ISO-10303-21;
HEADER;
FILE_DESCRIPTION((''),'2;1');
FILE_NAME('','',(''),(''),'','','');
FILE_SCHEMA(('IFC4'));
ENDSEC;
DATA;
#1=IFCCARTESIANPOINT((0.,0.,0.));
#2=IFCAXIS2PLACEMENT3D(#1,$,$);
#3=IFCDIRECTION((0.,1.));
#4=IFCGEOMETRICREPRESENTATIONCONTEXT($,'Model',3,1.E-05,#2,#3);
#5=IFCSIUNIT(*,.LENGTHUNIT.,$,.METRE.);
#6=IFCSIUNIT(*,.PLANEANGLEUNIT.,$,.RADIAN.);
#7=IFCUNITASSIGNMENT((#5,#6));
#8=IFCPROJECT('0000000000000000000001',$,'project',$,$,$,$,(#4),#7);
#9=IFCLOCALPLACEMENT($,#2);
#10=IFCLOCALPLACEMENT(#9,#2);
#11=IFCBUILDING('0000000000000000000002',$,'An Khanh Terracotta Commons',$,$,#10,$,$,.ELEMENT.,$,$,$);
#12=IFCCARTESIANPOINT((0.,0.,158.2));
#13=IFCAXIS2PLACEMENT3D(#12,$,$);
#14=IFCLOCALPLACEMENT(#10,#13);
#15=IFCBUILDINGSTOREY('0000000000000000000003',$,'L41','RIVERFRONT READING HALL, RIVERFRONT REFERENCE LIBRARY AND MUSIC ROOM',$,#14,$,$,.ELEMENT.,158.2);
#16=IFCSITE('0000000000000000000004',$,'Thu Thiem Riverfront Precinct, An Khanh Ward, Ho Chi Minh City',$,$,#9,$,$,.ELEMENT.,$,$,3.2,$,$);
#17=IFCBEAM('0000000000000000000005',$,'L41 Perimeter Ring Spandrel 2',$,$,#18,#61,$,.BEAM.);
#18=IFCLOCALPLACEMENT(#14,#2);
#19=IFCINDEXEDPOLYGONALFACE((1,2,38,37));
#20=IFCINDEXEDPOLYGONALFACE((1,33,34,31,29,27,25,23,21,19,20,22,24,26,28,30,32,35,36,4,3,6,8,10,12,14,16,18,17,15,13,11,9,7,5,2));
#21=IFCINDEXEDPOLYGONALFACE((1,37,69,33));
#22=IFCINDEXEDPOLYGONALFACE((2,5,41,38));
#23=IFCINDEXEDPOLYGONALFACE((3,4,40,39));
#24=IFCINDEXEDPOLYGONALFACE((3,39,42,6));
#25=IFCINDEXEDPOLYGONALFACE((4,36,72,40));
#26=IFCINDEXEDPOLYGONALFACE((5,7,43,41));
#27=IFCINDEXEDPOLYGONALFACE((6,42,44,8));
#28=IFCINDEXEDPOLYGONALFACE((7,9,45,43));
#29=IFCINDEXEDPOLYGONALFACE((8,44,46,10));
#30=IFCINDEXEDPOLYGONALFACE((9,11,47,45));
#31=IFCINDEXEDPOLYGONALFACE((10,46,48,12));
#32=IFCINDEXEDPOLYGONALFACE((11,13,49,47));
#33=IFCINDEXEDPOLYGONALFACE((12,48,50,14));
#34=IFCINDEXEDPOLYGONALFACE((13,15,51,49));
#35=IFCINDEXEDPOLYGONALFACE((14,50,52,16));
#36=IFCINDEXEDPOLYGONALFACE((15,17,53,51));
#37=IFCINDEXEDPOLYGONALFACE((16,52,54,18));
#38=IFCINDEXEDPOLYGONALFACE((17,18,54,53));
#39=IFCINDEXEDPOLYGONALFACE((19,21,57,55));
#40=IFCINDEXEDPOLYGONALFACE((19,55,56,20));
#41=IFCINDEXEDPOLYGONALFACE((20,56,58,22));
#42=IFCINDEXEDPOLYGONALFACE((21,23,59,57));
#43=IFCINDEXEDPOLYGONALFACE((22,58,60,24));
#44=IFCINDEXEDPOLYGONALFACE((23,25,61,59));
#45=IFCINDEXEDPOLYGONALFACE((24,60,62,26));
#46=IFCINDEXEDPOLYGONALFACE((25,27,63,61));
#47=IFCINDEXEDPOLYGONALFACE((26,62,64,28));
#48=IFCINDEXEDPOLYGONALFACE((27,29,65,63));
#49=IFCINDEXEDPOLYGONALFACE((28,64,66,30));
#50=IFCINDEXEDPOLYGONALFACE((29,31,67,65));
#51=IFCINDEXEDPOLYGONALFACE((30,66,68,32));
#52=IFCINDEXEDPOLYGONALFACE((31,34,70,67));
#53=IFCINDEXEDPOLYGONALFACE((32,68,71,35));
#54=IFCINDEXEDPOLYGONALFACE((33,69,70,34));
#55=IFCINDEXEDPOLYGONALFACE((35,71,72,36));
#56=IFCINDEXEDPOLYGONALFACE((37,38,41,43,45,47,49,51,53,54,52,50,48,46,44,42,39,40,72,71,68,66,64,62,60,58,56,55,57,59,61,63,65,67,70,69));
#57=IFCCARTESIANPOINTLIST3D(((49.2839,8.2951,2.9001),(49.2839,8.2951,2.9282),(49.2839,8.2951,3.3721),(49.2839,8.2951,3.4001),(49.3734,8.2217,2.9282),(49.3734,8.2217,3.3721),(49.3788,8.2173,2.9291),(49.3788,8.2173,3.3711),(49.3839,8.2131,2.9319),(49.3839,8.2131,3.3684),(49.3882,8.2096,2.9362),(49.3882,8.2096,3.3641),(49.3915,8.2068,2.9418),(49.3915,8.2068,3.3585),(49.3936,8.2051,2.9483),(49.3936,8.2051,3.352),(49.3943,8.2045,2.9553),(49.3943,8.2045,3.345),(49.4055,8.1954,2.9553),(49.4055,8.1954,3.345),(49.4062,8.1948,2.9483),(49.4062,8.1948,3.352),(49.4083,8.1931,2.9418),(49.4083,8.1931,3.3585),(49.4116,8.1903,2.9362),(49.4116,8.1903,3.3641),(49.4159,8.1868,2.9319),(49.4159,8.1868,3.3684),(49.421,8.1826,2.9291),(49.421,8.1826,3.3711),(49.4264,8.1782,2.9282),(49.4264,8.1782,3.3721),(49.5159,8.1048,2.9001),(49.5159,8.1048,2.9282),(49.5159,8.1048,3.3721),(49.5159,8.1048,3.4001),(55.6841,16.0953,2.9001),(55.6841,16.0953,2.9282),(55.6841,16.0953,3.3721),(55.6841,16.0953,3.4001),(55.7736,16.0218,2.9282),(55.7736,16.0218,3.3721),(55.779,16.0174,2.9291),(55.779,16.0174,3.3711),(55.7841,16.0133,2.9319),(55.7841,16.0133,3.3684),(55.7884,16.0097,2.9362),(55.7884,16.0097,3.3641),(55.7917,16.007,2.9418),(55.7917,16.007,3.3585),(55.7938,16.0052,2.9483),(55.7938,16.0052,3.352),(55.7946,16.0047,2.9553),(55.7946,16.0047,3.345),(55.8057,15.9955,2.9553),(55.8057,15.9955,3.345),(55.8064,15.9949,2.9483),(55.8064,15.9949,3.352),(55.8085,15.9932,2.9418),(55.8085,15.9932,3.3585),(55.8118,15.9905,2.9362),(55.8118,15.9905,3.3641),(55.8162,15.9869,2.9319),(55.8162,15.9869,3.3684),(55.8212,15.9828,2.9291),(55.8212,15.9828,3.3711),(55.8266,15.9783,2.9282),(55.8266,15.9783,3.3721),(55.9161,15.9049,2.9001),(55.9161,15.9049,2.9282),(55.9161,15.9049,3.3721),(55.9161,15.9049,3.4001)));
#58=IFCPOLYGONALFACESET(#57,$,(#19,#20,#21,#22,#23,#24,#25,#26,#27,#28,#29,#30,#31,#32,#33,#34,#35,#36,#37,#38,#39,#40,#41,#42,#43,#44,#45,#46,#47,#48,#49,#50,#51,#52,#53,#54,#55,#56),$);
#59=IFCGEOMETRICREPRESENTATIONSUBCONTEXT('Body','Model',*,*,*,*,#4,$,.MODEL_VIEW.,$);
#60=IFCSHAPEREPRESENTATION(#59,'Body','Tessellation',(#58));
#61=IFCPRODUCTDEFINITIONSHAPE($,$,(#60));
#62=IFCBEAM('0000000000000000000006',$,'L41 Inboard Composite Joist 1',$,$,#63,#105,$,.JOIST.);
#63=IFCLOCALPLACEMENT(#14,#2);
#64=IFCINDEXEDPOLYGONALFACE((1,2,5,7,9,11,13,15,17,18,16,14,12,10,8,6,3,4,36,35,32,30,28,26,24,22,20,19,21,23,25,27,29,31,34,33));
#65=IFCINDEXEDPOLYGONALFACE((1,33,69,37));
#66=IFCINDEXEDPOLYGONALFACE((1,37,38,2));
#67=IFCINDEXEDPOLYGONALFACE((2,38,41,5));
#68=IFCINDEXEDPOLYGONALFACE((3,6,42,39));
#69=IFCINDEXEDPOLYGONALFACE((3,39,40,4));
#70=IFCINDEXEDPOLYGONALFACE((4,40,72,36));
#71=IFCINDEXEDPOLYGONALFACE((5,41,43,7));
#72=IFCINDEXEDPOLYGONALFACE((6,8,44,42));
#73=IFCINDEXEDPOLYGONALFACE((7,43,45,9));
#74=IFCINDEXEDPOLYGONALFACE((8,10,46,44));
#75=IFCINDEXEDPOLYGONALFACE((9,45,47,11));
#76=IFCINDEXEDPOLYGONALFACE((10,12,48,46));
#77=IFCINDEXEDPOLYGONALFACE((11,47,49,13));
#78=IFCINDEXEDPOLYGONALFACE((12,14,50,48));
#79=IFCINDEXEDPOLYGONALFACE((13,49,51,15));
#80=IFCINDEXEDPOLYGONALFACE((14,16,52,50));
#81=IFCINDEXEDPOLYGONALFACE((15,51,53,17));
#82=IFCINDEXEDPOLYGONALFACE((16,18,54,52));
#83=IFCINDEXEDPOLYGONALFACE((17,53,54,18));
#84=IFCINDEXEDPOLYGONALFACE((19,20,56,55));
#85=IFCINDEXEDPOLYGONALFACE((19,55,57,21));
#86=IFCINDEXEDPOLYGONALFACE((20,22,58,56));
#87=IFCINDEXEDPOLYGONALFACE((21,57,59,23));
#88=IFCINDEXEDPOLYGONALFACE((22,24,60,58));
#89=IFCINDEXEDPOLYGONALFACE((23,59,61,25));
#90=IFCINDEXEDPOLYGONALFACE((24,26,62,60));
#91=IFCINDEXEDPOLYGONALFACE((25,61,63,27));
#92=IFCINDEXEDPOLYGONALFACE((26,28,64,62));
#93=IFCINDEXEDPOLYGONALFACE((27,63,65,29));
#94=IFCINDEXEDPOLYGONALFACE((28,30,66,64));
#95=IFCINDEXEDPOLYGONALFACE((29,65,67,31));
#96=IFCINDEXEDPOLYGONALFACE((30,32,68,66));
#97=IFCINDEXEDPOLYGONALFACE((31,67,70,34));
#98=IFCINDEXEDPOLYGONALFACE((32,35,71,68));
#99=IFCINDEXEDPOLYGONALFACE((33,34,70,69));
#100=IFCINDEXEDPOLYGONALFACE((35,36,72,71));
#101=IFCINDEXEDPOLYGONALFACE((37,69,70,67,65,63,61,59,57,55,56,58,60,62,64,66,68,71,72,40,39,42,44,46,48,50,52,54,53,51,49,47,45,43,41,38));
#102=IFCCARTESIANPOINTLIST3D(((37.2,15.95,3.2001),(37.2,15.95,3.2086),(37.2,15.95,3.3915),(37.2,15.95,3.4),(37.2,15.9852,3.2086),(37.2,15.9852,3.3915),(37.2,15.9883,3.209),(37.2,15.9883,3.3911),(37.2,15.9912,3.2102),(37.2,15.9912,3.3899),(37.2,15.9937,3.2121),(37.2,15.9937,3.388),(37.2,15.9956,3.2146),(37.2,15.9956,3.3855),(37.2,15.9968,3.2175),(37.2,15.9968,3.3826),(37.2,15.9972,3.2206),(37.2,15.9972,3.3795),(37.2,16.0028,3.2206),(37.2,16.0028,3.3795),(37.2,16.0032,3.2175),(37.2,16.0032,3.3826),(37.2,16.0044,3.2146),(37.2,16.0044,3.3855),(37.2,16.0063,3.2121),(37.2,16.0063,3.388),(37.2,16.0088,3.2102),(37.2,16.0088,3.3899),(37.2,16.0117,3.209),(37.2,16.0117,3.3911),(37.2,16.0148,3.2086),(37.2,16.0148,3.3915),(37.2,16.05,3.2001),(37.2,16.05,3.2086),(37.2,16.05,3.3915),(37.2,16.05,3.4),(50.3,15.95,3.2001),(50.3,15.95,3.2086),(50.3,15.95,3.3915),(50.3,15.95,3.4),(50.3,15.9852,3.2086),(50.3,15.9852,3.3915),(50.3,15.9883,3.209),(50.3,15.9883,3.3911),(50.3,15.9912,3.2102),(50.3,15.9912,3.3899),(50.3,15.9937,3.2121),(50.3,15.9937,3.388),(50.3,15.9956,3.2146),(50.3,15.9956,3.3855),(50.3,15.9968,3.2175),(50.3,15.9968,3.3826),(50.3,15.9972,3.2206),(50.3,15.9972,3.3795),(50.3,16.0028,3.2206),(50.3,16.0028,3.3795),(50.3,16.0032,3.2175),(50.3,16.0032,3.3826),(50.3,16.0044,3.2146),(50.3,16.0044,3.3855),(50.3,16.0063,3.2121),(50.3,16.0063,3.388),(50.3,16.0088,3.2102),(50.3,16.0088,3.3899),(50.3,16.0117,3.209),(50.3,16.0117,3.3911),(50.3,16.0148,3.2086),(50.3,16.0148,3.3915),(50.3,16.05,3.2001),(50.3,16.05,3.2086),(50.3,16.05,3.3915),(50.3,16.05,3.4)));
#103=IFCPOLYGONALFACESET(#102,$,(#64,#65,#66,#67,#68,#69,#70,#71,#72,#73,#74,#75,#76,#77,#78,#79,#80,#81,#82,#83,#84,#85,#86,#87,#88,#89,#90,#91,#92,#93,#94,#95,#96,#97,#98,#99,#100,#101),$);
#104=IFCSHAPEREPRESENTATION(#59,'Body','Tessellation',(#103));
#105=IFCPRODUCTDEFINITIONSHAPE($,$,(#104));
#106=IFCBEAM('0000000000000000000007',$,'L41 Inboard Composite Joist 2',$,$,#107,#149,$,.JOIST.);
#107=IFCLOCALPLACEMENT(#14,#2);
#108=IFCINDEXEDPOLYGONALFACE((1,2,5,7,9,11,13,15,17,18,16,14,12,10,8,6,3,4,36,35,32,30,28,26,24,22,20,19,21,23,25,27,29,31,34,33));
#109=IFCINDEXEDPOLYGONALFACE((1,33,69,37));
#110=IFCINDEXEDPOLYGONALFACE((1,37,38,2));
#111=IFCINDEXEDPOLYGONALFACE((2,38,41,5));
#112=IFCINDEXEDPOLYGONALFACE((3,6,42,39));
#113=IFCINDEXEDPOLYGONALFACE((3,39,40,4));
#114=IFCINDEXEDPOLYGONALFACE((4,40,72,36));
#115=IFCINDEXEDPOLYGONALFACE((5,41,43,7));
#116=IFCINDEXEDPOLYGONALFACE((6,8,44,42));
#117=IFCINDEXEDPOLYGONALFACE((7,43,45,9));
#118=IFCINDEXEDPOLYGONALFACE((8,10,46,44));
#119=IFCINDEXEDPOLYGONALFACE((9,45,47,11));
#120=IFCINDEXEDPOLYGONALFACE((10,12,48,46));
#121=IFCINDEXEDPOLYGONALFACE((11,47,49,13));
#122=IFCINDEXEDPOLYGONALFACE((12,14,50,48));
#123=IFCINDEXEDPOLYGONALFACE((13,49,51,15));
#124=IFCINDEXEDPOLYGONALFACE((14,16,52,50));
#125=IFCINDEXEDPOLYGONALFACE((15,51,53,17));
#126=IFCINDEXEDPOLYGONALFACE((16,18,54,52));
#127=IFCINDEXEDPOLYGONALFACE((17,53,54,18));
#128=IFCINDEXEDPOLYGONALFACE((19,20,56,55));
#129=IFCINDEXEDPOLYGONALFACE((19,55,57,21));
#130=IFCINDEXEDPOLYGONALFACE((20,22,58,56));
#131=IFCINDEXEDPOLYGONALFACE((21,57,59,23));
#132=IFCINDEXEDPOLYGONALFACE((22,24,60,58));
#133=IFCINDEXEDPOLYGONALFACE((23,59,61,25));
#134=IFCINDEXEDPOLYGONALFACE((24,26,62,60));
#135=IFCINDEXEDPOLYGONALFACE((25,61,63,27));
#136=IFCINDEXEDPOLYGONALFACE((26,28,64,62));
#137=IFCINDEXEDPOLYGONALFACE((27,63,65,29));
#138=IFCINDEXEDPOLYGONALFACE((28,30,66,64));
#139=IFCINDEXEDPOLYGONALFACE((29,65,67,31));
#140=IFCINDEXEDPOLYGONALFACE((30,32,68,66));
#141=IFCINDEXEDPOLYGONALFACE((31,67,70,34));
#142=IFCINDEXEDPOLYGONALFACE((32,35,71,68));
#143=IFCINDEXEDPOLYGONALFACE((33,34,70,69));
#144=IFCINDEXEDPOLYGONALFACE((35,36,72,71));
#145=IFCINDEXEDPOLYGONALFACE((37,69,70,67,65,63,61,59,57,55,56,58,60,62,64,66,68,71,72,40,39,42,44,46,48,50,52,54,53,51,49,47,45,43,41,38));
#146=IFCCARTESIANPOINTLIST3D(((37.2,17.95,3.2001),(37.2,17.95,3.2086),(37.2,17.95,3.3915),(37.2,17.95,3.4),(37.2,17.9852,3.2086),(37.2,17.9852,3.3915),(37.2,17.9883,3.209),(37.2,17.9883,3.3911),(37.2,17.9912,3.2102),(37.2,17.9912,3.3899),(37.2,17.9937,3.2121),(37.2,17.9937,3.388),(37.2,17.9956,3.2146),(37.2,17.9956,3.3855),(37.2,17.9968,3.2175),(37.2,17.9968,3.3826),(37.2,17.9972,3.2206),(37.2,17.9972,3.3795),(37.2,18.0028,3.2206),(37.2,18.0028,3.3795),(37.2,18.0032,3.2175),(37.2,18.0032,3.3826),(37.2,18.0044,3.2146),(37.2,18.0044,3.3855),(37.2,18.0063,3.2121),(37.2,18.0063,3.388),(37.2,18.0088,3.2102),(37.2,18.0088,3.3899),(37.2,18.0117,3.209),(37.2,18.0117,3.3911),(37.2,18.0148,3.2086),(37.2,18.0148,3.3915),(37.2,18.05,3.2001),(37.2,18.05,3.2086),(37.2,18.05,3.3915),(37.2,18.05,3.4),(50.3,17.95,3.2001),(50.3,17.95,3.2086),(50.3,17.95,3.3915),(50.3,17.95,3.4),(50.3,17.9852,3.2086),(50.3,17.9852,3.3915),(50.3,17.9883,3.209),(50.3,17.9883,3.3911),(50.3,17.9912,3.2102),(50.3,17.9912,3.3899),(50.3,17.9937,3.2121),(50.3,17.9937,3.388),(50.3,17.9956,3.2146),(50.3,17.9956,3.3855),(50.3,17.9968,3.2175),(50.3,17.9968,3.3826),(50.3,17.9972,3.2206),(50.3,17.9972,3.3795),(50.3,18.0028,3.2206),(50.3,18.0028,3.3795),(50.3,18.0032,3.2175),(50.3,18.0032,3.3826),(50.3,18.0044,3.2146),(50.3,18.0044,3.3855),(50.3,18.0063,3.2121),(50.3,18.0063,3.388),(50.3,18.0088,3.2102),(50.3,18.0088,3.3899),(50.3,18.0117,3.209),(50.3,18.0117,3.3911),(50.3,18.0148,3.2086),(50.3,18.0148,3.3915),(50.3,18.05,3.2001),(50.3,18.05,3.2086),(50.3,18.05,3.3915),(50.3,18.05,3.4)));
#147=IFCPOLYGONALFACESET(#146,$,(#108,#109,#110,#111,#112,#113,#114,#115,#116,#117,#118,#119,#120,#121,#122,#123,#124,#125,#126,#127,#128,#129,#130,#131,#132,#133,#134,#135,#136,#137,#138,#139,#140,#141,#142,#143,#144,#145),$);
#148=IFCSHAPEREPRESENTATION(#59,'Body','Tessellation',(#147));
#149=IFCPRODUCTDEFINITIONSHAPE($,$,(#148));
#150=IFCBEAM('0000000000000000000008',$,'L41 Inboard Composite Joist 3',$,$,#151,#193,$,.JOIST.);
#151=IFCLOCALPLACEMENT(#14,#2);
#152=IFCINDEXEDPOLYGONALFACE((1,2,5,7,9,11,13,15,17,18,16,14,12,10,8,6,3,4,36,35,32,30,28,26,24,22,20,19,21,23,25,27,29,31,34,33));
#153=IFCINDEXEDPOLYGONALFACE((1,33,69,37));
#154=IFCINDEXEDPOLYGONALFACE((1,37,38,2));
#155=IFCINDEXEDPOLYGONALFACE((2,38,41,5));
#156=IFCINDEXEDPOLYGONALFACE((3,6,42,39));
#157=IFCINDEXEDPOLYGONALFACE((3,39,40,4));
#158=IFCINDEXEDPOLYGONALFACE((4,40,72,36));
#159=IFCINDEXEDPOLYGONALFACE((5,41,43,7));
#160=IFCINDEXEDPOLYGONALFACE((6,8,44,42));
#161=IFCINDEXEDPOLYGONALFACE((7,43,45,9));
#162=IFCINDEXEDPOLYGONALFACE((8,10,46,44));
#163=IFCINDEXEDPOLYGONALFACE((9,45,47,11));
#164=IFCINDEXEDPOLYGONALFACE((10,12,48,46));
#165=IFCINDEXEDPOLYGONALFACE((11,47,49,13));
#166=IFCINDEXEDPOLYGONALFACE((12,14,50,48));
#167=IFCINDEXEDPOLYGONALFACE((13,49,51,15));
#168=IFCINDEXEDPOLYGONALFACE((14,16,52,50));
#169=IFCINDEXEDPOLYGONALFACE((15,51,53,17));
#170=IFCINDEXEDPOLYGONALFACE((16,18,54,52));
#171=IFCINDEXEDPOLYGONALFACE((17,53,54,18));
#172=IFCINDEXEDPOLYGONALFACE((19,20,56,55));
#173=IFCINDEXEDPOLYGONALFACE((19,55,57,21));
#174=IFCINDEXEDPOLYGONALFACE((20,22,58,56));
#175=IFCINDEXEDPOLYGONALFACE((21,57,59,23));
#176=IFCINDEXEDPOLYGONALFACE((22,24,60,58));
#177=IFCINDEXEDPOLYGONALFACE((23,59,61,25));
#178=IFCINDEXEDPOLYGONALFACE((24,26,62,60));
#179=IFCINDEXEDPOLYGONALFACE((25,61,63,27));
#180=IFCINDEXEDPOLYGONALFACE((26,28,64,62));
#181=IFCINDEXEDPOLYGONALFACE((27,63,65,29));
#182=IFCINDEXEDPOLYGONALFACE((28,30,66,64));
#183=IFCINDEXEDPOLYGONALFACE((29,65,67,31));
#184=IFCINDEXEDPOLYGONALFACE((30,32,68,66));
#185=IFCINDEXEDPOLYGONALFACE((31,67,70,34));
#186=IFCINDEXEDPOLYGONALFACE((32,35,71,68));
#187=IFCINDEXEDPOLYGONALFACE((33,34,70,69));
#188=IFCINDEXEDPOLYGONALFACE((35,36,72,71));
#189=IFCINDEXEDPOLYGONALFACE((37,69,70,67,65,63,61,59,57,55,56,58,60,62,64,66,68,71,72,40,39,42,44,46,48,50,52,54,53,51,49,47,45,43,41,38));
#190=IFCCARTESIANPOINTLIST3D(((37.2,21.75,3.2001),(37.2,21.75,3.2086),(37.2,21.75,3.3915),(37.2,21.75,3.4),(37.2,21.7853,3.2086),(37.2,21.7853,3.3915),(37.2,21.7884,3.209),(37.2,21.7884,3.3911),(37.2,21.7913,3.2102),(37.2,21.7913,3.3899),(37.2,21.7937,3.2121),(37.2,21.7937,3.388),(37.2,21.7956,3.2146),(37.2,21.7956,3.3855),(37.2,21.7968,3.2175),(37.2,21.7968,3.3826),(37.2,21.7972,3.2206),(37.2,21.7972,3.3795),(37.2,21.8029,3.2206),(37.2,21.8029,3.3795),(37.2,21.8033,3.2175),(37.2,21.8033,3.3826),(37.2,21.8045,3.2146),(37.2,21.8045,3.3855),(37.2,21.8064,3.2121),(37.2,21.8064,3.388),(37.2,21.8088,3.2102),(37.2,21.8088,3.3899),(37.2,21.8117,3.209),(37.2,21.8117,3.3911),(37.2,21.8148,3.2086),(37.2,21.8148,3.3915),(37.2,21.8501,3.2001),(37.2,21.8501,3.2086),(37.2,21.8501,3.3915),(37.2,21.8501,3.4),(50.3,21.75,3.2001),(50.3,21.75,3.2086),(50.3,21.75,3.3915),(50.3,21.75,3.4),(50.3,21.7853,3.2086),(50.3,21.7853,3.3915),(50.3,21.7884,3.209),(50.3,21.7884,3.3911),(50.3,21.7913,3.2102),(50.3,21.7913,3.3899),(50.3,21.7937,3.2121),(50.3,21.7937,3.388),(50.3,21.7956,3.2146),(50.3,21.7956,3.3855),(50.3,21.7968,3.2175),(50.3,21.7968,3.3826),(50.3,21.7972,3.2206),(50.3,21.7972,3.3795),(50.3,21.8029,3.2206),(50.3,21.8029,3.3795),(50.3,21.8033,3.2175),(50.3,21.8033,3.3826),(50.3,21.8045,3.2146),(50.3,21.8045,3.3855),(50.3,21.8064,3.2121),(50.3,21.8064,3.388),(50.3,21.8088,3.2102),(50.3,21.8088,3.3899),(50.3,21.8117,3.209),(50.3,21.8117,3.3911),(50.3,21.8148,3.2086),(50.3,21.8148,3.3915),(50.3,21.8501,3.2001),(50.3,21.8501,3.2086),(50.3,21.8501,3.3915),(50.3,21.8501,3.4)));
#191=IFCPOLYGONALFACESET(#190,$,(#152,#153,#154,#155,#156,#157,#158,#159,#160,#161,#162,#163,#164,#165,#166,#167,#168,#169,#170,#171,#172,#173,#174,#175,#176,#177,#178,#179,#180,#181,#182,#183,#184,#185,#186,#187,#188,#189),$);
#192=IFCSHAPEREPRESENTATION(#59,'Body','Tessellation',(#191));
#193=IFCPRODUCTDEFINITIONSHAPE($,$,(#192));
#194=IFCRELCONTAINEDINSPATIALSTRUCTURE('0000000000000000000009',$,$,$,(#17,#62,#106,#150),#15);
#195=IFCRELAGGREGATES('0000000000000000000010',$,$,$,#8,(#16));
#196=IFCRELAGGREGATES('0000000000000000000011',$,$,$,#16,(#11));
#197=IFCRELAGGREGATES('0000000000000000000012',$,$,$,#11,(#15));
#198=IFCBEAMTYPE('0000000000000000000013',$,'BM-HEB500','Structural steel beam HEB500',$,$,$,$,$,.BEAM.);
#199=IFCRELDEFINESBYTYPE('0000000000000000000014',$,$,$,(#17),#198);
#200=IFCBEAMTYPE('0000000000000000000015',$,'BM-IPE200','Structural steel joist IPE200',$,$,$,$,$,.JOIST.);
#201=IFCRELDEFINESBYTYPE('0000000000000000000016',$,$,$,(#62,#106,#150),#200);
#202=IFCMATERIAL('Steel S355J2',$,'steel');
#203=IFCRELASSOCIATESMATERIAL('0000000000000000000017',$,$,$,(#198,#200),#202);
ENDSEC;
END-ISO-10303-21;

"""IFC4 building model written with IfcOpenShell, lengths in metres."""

from ifc_helpers import new_model, si_unit, direction, frame, origin, origin_2d, place, context, subcontext, project, spatial, i_section, extrude, material, material_profile, profile_set, type_object, element, save


model = new_model("IFC4")

# Units and contexts
model_context = context("Model", 3, precision=1e-05, world=origin(), true_north=direction((0.0, 1.0)))
body_context = subcontext(model_context, "Body", "Model", "MODEL_VIEW")
ifc_project = project(units=[si_unit("LENGTHUNIT", "METRE"), si_unit("PLANEANGLEUNIT", "RADIAN")], contexts=[model_context])

# Site, building, storey
site_placement = place(None, origin())
site = spatial("IfcSite", under=ifc_project, at=site_placement, Name="Thu Thiem Riverfront Precinct, An Khanh Ward, Ho Chi Minh City", CompositionType="ELEMENT", RefElevation=3.2)
building_placement = place(site_placement, origin())
building = spatial("IfcBuilding", under=site, at=building_placement, Name="An Khanh Terracotta Commons", CompositionType="ELEMENT")
storey_placement = place(building_placement, frame((0.0, 0.0, 158.2)))
storey = spatial("IfcBuildingStorey", under=building, at=storey_placement, Name="L41", Description="RIVERFRONT READING HALL, RIVERFRONT REFERENCE LIBRARY AND MUSIC ROOM", CompositionType="ELEMENT", Elevation=158.2)

# Beams
ifc_material_1 = material(Name="Steel S355J2", Category="steel")
ifc_material_profile_1 = material_profile(ifc_material_1, i_section(OverallWidth=0.3, OverallDepth=0.5, WebThickness=0.0144, FlangeThickness=0.0281, FilletRadius=0.0271, at=origin_2d()), Name="HEB500")
ifc_profile_set_1 = profile_set([ifc_material_profile_1], Name="Steel S355J2")
beam_type_1 = type_object("IfcBeamType", Name="BM-HEB500", Description="Structural steel beam HEB500", PredefinedType="BEAM", material=ifc_profile_set_1)
beam_1_placement = place(storey_placement, frame((49.3999, 8.2, 3.1501), z_axis=(0.634323, 0.773068, 0.0), x_axis=(-0.773068, 0.634323, 0.0)))
element("IfcBeam", 1, at=beam_1_placement, inside=storey, type_object=beam_type_1, Name="L41 Perimeter Ring Spandrel 2", PredefinedType="BEAM", context=body_context, shape_type="SweptSolid", body=[
    extrude(i_section(OverallWidth=0.3, OverallDepth=0.5, WebThickness=0.0144, FlangeThickness=0.0281, FilletRadius=0.0271, at=origin_2d()), origin(), (0.0, 0.0, 1.0), 10.0898),
])
ifc_material_profile_2 = material_profile(ifc_material_1, i_section(OverallWidth=0.1001, OverallDepth=0.2, WebThickness=0.0056, FlangeThickness=0.0085, FilletRadius=0.012, at=origin_2d()), Name="IPE200")
ifc_profile_set_2 = profile_set([ifc_material_profile_2], Name="Steel S355J2")
beam_type_2 = type_object("IfcBeamType", Name="BM-IPE200", Description="Structural steel joist IPE200", PredefinedType="JOIST", material=ifc_profile_set_2)
for number, where, z_axis, x_axis, name in (
    (2, (37.2, 16.0, 3.3), (1.0, 0.0, 0.0), (0.0, 1.0, 0.0), "L41 Inboard Composite Joist 1"),
    (3, (37.2, 18.0, 3.3), (1.0, 0.0, 0.0), (0.0, 1.0, 0.0), "L41 Inboard Composite Joist 2"),
    (4, (37.2, 21.8, 3.3), (1.0, 0.0, 0.0), (0.0, 1.0, 0.0), "L41 Inboard Composite Joist 3"),
):
    element("IfcBeam", number, at=place(storey_placement, frame(where, z_axis=z_axis, x_axis=x_axis)), inside=storey, type_object=beam_type_2, Name=name, PredefinedType="JOIST", context=body_context, shape_type="SweptSolid", body=[
        extrude(i_section(OverallWidth=0.1001, OverallDepth=0.2, WebThickness=0.0056, FlangeThickness=0.0085, FilletRadius=0.012, at=origin_2d()), origin(), (0.0, 0.0, 1.0), 13.1001),
    ])

save(model, "model.ifc")
